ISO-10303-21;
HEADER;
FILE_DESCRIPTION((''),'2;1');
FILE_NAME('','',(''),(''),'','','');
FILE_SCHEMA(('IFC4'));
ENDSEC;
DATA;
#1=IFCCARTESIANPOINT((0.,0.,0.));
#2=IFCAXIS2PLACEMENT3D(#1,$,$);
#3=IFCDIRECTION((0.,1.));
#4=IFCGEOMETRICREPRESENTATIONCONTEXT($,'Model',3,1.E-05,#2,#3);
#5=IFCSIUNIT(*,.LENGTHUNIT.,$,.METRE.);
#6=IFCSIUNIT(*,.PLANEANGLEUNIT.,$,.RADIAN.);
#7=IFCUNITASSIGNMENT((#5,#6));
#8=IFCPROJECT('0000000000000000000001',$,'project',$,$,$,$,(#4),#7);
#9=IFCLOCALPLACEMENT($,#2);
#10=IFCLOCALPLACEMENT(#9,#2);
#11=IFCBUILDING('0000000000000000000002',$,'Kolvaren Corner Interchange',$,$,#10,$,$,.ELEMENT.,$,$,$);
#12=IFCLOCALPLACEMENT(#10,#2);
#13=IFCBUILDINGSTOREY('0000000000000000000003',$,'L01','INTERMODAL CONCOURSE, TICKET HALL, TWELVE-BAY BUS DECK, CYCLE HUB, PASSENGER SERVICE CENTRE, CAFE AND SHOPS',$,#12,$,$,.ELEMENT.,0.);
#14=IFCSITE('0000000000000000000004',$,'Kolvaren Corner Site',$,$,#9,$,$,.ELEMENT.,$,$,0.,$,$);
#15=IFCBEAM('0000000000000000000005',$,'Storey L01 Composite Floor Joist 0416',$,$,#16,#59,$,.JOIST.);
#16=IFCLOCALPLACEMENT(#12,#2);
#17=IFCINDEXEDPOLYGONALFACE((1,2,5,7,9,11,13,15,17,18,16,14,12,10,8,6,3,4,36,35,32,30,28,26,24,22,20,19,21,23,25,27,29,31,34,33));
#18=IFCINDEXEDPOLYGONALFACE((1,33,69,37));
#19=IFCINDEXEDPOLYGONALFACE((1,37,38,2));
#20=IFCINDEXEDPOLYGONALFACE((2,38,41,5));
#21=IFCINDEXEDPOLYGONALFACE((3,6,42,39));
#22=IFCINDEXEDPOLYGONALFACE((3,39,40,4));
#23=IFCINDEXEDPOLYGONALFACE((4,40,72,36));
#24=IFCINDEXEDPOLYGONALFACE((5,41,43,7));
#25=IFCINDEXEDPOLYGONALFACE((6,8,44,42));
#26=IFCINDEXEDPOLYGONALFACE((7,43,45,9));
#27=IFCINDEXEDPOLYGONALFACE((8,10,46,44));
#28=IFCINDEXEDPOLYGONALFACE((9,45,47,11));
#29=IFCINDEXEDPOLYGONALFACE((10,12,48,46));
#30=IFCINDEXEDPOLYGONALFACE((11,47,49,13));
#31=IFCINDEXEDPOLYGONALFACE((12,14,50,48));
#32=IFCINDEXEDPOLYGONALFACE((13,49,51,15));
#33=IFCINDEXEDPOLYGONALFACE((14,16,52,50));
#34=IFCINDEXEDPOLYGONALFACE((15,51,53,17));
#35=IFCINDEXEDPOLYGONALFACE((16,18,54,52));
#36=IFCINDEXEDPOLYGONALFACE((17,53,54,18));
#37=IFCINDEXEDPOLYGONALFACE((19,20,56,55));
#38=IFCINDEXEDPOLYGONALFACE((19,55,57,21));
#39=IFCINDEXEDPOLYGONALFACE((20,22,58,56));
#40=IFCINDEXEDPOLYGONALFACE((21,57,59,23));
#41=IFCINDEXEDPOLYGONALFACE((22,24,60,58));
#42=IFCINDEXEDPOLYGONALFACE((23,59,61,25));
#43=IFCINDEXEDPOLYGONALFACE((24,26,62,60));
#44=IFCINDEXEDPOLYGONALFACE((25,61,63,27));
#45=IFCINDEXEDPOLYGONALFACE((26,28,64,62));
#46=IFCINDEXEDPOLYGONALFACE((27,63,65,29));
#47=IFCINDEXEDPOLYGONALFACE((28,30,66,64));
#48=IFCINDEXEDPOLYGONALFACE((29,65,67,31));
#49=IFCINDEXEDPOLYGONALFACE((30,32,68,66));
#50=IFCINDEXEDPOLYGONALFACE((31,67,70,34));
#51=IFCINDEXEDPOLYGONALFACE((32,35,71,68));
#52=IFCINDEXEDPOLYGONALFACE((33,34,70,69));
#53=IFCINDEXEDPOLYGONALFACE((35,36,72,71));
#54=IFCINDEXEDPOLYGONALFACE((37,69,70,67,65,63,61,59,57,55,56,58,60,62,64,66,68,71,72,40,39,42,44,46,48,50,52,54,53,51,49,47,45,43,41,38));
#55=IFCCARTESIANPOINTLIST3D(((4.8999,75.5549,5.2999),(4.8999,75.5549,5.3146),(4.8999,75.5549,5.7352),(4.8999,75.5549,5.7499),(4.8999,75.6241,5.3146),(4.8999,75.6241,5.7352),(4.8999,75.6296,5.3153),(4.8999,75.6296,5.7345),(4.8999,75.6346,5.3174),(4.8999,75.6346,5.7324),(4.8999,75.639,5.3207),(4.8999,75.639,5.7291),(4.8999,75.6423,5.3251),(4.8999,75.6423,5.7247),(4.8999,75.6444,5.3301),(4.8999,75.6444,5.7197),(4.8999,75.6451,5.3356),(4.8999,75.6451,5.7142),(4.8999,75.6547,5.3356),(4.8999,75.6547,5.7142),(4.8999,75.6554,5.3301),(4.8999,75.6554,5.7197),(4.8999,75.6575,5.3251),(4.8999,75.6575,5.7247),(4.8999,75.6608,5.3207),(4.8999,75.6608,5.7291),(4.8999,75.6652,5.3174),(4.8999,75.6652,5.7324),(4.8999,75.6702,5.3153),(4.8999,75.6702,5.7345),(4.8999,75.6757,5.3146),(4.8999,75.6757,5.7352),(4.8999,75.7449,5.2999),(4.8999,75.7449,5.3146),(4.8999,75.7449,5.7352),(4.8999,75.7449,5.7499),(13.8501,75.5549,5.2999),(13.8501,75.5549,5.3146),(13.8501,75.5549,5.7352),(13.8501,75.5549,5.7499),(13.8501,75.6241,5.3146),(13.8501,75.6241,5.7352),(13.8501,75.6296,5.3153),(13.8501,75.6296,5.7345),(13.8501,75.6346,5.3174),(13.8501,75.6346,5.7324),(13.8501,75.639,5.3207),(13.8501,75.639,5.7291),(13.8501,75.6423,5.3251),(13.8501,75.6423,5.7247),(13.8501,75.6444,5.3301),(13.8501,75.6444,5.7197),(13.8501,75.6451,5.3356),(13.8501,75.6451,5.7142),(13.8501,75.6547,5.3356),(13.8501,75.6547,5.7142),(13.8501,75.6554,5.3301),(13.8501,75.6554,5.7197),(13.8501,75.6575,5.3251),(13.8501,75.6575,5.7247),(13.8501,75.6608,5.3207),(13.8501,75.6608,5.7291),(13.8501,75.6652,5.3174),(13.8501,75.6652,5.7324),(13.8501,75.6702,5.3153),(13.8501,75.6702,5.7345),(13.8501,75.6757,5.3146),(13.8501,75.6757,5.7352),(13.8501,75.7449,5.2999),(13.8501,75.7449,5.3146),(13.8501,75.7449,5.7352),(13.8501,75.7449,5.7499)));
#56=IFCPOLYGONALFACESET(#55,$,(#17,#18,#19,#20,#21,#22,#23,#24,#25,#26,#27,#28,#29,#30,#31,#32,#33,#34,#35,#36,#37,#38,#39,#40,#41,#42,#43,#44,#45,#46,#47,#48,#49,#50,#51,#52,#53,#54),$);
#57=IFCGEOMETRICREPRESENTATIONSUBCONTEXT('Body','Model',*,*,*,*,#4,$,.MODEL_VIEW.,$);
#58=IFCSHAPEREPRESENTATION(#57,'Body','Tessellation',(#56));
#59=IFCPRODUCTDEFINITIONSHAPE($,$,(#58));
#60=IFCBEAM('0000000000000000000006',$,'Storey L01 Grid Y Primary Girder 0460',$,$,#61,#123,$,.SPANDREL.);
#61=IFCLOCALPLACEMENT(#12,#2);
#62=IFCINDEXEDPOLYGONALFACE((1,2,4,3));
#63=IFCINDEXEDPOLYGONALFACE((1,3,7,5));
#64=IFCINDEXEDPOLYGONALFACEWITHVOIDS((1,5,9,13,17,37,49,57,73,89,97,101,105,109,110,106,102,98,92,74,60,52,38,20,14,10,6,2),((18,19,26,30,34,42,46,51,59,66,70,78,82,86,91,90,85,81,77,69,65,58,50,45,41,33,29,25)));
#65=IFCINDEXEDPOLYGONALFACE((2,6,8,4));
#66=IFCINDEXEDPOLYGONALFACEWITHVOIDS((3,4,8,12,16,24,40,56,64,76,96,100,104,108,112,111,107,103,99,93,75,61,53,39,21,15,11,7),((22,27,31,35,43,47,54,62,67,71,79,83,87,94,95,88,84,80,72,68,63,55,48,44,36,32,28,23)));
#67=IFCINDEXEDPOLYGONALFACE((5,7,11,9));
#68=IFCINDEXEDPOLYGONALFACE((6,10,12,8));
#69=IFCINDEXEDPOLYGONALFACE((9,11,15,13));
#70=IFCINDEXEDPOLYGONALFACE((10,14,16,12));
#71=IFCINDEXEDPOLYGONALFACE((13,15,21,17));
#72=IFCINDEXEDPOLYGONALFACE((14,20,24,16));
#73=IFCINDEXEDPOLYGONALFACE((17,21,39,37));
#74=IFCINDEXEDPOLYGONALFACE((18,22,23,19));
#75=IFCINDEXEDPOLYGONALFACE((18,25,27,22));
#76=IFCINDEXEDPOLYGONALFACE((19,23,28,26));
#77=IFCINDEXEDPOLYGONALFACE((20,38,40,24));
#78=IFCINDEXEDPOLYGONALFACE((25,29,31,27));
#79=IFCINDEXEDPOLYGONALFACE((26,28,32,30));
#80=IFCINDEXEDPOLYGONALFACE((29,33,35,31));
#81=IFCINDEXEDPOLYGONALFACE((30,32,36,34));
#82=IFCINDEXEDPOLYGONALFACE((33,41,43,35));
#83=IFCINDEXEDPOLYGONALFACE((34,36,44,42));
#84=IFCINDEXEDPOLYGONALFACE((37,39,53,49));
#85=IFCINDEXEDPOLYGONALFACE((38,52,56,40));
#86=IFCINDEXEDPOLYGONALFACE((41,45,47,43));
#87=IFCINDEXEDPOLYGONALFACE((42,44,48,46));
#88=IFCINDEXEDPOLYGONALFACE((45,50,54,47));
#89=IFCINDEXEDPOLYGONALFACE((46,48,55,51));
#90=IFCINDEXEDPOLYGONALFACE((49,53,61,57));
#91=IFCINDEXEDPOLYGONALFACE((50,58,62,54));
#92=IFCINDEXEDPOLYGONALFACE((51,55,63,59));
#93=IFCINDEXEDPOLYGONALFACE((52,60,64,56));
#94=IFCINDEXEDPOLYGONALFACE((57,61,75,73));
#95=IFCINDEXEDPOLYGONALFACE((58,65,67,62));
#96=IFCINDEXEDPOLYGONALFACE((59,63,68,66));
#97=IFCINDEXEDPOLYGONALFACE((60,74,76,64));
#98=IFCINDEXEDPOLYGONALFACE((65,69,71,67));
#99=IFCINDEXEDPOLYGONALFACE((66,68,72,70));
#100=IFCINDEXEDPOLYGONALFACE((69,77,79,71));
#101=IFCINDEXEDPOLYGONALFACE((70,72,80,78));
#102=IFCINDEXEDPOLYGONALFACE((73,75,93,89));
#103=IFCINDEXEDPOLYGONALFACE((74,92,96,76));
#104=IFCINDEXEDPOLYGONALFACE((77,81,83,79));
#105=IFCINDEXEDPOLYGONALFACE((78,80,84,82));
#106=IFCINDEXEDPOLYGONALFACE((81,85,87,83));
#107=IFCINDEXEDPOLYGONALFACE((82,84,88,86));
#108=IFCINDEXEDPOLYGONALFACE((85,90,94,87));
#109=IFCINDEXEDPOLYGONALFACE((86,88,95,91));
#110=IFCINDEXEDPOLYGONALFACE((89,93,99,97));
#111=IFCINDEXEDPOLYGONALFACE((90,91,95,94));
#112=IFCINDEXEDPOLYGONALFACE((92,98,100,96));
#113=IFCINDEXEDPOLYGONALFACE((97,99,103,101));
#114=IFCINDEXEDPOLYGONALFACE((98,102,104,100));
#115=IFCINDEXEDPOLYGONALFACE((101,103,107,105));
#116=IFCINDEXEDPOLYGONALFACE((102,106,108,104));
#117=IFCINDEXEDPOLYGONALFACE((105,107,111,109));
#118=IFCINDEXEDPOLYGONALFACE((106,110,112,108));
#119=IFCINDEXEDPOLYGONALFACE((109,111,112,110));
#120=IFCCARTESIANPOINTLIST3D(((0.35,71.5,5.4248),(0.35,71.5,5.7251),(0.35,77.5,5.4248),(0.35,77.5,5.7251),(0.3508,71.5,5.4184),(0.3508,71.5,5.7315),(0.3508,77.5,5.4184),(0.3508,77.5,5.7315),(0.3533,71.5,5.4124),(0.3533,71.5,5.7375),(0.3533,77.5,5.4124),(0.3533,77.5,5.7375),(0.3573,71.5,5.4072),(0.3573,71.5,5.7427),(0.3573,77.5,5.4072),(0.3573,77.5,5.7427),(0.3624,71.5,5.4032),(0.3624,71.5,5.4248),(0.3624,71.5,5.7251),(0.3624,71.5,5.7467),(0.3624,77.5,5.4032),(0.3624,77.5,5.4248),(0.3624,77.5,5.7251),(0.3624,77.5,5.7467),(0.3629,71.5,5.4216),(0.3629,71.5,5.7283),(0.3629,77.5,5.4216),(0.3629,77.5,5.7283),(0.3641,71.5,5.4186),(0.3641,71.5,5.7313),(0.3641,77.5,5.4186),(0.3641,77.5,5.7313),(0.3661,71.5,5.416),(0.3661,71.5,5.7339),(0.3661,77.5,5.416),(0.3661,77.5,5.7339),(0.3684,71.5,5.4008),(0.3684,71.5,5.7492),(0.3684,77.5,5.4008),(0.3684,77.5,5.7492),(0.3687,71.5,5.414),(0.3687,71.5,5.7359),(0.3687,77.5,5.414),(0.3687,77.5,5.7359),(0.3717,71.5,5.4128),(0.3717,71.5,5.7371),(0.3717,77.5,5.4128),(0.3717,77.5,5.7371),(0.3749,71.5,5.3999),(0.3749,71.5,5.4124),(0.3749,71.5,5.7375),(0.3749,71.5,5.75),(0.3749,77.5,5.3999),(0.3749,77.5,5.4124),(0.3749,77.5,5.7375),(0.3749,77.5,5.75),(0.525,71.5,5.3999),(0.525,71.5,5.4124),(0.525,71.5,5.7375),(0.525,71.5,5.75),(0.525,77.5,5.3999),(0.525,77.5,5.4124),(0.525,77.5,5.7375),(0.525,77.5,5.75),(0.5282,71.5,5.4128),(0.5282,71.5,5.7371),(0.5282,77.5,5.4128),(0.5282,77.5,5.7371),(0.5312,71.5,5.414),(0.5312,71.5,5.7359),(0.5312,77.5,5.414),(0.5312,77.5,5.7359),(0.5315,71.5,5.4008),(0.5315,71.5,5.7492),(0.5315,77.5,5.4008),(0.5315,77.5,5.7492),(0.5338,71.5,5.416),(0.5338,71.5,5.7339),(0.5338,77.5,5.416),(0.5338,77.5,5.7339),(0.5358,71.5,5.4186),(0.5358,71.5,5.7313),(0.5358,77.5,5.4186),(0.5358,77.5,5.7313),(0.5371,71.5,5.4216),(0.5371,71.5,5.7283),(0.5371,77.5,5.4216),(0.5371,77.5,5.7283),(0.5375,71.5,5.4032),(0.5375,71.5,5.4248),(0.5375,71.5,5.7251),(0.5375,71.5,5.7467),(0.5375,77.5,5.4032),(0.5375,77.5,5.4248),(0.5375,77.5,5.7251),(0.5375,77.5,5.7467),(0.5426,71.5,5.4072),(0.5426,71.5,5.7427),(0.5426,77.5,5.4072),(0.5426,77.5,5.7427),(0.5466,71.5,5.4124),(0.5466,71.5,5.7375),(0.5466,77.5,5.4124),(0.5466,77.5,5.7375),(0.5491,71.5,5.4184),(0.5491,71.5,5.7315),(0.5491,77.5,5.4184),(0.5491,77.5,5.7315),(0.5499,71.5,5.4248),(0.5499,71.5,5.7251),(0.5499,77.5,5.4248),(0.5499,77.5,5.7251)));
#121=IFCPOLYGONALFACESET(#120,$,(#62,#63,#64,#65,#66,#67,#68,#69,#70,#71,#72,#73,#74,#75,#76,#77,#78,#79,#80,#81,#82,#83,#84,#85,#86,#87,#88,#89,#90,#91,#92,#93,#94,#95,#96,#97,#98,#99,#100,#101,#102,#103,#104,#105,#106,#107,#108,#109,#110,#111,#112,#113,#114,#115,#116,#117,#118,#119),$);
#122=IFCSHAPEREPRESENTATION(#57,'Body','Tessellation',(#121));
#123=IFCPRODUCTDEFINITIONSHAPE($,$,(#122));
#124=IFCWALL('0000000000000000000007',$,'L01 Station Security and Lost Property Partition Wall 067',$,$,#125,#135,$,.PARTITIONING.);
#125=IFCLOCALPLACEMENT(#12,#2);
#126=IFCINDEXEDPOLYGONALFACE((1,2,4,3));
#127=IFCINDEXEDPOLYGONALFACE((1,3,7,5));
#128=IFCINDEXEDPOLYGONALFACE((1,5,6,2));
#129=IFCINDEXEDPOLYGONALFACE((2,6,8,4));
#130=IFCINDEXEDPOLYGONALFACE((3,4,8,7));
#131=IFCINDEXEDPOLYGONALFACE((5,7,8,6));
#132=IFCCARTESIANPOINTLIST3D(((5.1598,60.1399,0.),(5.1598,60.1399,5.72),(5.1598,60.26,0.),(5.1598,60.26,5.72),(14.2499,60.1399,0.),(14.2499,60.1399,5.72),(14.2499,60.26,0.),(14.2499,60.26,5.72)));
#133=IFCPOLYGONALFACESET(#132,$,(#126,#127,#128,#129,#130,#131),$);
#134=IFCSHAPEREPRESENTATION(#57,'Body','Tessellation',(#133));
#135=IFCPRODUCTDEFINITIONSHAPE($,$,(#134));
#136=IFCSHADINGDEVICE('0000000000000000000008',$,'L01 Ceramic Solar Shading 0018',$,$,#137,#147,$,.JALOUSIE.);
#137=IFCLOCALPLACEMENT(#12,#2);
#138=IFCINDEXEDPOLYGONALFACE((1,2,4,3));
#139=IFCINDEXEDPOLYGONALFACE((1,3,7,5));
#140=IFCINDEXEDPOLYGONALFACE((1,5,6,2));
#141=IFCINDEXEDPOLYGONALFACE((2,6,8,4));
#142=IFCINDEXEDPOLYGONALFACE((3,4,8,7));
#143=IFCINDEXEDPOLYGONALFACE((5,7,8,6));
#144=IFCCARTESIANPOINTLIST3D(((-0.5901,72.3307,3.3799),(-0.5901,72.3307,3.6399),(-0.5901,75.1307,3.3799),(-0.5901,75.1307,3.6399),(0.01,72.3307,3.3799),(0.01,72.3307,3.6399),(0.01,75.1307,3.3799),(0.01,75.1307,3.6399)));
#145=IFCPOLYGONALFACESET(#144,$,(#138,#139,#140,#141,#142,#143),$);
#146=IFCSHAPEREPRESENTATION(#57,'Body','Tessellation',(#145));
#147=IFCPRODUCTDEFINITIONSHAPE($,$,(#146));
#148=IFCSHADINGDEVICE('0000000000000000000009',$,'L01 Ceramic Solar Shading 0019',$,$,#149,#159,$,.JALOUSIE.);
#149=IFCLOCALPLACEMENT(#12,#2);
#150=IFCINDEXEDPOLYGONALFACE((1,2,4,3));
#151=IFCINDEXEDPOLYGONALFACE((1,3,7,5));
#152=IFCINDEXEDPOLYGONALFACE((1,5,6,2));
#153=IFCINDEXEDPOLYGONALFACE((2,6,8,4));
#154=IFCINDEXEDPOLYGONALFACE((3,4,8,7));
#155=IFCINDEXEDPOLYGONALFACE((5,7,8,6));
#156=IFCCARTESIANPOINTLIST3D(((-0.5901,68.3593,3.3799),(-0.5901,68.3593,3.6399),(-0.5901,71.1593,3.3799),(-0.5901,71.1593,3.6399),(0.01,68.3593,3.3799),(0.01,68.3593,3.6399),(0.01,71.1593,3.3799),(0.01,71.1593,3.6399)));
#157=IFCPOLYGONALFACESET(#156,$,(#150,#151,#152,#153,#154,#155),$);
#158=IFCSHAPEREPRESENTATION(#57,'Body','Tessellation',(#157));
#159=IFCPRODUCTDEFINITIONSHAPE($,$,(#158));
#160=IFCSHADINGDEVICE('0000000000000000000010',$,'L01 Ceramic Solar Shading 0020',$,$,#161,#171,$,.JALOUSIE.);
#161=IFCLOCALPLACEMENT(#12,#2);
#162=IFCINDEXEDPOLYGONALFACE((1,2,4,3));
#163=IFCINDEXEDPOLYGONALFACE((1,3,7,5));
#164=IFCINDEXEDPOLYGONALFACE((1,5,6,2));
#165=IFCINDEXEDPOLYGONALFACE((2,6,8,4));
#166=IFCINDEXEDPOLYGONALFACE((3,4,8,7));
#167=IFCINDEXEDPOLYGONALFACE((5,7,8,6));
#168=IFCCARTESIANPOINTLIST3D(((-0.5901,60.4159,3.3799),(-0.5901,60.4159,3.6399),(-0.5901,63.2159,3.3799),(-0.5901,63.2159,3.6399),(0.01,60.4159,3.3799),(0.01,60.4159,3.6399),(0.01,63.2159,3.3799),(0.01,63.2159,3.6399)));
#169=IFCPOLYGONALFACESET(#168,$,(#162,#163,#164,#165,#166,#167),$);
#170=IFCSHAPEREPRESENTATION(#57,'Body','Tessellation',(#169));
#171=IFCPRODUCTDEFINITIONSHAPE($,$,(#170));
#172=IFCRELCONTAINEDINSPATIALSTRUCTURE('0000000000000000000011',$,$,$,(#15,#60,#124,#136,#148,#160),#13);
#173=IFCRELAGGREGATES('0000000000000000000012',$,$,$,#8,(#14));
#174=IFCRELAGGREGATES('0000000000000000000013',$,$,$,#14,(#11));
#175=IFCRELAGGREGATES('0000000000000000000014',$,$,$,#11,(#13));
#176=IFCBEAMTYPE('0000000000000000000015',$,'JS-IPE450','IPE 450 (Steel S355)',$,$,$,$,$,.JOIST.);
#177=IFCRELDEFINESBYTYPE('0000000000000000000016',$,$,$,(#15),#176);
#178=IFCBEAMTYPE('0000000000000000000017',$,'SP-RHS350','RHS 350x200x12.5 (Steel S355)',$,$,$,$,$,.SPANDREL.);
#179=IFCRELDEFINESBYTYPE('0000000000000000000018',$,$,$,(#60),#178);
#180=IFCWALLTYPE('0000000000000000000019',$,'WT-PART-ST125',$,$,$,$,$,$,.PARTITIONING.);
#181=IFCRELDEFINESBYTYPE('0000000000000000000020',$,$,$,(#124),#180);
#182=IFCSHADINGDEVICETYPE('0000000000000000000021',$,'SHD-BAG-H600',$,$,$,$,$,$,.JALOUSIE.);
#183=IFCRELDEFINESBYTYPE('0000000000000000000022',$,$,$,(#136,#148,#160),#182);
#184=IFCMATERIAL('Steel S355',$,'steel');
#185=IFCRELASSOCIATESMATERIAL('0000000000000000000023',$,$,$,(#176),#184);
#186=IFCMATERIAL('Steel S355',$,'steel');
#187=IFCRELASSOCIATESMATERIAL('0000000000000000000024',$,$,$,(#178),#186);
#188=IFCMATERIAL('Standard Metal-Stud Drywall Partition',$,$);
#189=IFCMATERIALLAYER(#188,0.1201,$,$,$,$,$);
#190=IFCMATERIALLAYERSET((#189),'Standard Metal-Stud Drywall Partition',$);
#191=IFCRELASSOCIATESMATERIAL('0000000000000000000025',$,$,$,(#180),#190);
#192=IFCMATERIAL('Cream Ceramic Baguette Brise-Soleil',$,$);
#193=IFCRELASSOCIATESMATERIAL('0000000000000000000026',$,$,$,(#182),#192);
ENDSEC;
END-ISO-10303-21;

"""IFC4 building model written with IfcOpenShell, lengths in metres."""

from ifc_helpers import new_model, si_unit, direction, frame, frame_2d, origin, origin_2d, place, context, subcontext, project, spatial, rectangle, hollow_rectangle, i_section, extrude, material, layer, layer_set, material_profile, profile_set, type_object, element, save


model = new_model("IFC4")

# Units and contexts
model_context = context("Model", 3, precision=1e-05, world=origin(), true_north=direction((0.0, 1.0)))
body_context = subcontext(model_context, "Body", "Model", "MODEL_VIEW")
ifc_project = project(units=[si_unit("LENGTHUNIT", "METRE"), si_unit("PLANEANGLEUNIT", "RADIAN")], contexts=[model_context])

# Site, building, storey
site_placement = place(None, origin())
site = spatial("IfcSite", under=ifc_project, at=site_placement, Name="Kolvaren Corner Site", CompositionType="ELEMENT", RefElevation=0.0)
building_placement = place(site_placement, origin())
building = spatial("IfcBuilding", under=site, at=building_placement, Name="Kolvaren Corner Interchange", CompositionType="ELEMENT")
storey_placement = place(building_placement, origin())
storey = spatial("IfcBuildingStorey", under=building, at=storey_placement, Name="L01", Description="INTERMODAL CONCOURSE, TICKET HALL, TWELVE-BAY BUS DECK, CYCLE HUB, PASSENGER SERVICE CENTRE, CAFE AND SHOPS", CompositionType="ELEMENT", Elevation=0.0)

# Beams
ifc_material_1 = material(Name="Steel S355", Category="steel")
ifc_material_profile_1 = material_profile(ifc_material_1, i_section(OverallWidth=0.1899, OverallDepth=0.45, WebThickness=0.0095, FlangeThickness=0.0146, FilletRadius=0.021, at=origin_2d()), Name="IPE 450")
ifc_profile_set_1 = profile_set([ifc_material_profile_1], Name="Steel S355")
beam_type_1 = type_object("IfcBeamType", Name="JS-IPE450", Description="IPE 450 (Steel S355)", PredefinedType="JOIST", material=ifc_profile_set_1)
beam_1_placement = place(storey_placement, frame((4.8999, 75.6499, 5.5249), z_axis=(1.0, 0.0, 0.0), x_axis=(0.0, 1.0, 0.0)))
element("IfcBeam", 1, at=beam_1_placement, inside=storey, type_object=beam_type_1, Name="Storey L01 Composite Floor Joist 0416", PredefinedType="JOIST", context=body_context, shape_type="SweptSolid", body=[
    extrude(i_section(OverallWidth=0.1899, OverallDepth=0.45, WebThickness=0.0095, FlangeThickness=0.0146, FilletRadius=0.021, at=origin_2d()), origin(), (0.0, 0.0, 1.0), 8.9502),
])
ifc_material_2 = material(Name="Steel S355", Category="steel")
ifc_material_profile_2 = material_profile(ifc_material_2, hollow_rectangle(XDim=0.2, YDim=0.3501, WallThickness=0.0125, InnerFilletRadius=0.0125, OuterFilletRadius=0.0249, at=origin_2d()), Name="RHS 350x200x12.5")
ifc_profile_set_2 = profile_set([ifc_material_profile_2], Name="Steel S355")
beam_type_2 = type_object("IfcBeamType", Name="SP-RHS350", Description="RHS 350x200x12.5 (Steel S355)", PredefinedType="SPANDREL", material=ifc_profile_set_2)
beam_2_placement = place(storey_placement, frame((0.45, 71.5, 5.575), z_axis=(0.0, 1.0, 0.0), x_axis=(-1.0, 0.0, 0.0)))
element("IfcBeam", 2, at=beam_2_placement, inside=storey, type_object=beam_type_2, Name="Storey L01 Grid Y Primary Girder 0460", PredefinedType="SPANDREL", context=body_context, shape_type="SweptSolid", body=[
    extrude(hollow_rectangle(XDim=0.2, YDim=0.3501, WallThickness=0.0125, InnerFilletRadius=0.0125, OuterFilletRadius=0.0249, at=origin_2d()), origin(), (0.0, 0.0, 1.0), 6.0),
])

# Wall
ifc_material_3 = material(Name="Standard Metal-Stud Drywall Partition")
ifc_layer = layer(ifc_material_3, 0.1201)
ifc_layer_set = layer_set([ifc_layer], Name="Standard Metal-Stud Drywall Partition")
wall_type = type_object("IfcWallType", Name="WT-PART-ST125", PredefinedType="PARTITIONING", material=ifc_layer_set)
wall_placement = place(storey_placement, frame((5.1599, 60.2, 0.0), z_axis=(0.0, 0.0, 1.0), x_axis=(1.0, 0.0, 0.0)))
element("IfcWall", 3, at=wall_placement, inside=storey, type_object=wall_type, Name="L01 Station Security and Lost Property Partition Wall 067", PredefinedType="PARTITIONING", context=body_context, shape_type="SweptSolid", body=[
    extrude(rectangle(XDim=9.0901, YDim=0.1201, at=frame_2d((4.5449, 0.0))), origin(), (0.0, 0.0, 1.0), 5.72),
])

# Shading devices
ifc_material_4 = material(Name="Cream Ceramic Baguette Brise-Soleil")
shading_device_type = type_object("IfcShadingDeviceType", Name="SHD-BAG-H600", PredefinedType="JALOUSIE", material=ifc_material_4)
for number, where, z_axis, x_axis, name in (
    (4, (-0.29, 73.7307, 3.3799), (0.0, 0.0, 1.0), (0.0, -1.0, 0.0), "L01 Ceramic Solar Shading 0018"),
    (5, (-0.29, 69.7593, 3.3799), (0.0, 0.0, 1.0), (0.0, -1.0, 0.0), "L01 Ceramic Solar Shading 0019"),
    (6, (-0.29, 61.8159, 3.3799), (0.0, 0.0, 1.0), (0.0, -1.0, 0.0), "L01 Ceramic Solar Shading 0020"),
):
    element("IfcShadingDevice", number, at=place(storey_placement, frame(where, z_axis=z_axis, x_axis=x_axis)), inside=storey, type_object=shading_device_type, Name=name, PredefinedType="JALOUSIE", context=body_context, shape_type="SweptSolid", body=[
        extrude(rectangle(XDim=2.8, YDim=0.6001, at=origin_2d()), origin(), (0.0, 0.0, 1.0), 0.26),
    ])

save(model, "model.ifc")
